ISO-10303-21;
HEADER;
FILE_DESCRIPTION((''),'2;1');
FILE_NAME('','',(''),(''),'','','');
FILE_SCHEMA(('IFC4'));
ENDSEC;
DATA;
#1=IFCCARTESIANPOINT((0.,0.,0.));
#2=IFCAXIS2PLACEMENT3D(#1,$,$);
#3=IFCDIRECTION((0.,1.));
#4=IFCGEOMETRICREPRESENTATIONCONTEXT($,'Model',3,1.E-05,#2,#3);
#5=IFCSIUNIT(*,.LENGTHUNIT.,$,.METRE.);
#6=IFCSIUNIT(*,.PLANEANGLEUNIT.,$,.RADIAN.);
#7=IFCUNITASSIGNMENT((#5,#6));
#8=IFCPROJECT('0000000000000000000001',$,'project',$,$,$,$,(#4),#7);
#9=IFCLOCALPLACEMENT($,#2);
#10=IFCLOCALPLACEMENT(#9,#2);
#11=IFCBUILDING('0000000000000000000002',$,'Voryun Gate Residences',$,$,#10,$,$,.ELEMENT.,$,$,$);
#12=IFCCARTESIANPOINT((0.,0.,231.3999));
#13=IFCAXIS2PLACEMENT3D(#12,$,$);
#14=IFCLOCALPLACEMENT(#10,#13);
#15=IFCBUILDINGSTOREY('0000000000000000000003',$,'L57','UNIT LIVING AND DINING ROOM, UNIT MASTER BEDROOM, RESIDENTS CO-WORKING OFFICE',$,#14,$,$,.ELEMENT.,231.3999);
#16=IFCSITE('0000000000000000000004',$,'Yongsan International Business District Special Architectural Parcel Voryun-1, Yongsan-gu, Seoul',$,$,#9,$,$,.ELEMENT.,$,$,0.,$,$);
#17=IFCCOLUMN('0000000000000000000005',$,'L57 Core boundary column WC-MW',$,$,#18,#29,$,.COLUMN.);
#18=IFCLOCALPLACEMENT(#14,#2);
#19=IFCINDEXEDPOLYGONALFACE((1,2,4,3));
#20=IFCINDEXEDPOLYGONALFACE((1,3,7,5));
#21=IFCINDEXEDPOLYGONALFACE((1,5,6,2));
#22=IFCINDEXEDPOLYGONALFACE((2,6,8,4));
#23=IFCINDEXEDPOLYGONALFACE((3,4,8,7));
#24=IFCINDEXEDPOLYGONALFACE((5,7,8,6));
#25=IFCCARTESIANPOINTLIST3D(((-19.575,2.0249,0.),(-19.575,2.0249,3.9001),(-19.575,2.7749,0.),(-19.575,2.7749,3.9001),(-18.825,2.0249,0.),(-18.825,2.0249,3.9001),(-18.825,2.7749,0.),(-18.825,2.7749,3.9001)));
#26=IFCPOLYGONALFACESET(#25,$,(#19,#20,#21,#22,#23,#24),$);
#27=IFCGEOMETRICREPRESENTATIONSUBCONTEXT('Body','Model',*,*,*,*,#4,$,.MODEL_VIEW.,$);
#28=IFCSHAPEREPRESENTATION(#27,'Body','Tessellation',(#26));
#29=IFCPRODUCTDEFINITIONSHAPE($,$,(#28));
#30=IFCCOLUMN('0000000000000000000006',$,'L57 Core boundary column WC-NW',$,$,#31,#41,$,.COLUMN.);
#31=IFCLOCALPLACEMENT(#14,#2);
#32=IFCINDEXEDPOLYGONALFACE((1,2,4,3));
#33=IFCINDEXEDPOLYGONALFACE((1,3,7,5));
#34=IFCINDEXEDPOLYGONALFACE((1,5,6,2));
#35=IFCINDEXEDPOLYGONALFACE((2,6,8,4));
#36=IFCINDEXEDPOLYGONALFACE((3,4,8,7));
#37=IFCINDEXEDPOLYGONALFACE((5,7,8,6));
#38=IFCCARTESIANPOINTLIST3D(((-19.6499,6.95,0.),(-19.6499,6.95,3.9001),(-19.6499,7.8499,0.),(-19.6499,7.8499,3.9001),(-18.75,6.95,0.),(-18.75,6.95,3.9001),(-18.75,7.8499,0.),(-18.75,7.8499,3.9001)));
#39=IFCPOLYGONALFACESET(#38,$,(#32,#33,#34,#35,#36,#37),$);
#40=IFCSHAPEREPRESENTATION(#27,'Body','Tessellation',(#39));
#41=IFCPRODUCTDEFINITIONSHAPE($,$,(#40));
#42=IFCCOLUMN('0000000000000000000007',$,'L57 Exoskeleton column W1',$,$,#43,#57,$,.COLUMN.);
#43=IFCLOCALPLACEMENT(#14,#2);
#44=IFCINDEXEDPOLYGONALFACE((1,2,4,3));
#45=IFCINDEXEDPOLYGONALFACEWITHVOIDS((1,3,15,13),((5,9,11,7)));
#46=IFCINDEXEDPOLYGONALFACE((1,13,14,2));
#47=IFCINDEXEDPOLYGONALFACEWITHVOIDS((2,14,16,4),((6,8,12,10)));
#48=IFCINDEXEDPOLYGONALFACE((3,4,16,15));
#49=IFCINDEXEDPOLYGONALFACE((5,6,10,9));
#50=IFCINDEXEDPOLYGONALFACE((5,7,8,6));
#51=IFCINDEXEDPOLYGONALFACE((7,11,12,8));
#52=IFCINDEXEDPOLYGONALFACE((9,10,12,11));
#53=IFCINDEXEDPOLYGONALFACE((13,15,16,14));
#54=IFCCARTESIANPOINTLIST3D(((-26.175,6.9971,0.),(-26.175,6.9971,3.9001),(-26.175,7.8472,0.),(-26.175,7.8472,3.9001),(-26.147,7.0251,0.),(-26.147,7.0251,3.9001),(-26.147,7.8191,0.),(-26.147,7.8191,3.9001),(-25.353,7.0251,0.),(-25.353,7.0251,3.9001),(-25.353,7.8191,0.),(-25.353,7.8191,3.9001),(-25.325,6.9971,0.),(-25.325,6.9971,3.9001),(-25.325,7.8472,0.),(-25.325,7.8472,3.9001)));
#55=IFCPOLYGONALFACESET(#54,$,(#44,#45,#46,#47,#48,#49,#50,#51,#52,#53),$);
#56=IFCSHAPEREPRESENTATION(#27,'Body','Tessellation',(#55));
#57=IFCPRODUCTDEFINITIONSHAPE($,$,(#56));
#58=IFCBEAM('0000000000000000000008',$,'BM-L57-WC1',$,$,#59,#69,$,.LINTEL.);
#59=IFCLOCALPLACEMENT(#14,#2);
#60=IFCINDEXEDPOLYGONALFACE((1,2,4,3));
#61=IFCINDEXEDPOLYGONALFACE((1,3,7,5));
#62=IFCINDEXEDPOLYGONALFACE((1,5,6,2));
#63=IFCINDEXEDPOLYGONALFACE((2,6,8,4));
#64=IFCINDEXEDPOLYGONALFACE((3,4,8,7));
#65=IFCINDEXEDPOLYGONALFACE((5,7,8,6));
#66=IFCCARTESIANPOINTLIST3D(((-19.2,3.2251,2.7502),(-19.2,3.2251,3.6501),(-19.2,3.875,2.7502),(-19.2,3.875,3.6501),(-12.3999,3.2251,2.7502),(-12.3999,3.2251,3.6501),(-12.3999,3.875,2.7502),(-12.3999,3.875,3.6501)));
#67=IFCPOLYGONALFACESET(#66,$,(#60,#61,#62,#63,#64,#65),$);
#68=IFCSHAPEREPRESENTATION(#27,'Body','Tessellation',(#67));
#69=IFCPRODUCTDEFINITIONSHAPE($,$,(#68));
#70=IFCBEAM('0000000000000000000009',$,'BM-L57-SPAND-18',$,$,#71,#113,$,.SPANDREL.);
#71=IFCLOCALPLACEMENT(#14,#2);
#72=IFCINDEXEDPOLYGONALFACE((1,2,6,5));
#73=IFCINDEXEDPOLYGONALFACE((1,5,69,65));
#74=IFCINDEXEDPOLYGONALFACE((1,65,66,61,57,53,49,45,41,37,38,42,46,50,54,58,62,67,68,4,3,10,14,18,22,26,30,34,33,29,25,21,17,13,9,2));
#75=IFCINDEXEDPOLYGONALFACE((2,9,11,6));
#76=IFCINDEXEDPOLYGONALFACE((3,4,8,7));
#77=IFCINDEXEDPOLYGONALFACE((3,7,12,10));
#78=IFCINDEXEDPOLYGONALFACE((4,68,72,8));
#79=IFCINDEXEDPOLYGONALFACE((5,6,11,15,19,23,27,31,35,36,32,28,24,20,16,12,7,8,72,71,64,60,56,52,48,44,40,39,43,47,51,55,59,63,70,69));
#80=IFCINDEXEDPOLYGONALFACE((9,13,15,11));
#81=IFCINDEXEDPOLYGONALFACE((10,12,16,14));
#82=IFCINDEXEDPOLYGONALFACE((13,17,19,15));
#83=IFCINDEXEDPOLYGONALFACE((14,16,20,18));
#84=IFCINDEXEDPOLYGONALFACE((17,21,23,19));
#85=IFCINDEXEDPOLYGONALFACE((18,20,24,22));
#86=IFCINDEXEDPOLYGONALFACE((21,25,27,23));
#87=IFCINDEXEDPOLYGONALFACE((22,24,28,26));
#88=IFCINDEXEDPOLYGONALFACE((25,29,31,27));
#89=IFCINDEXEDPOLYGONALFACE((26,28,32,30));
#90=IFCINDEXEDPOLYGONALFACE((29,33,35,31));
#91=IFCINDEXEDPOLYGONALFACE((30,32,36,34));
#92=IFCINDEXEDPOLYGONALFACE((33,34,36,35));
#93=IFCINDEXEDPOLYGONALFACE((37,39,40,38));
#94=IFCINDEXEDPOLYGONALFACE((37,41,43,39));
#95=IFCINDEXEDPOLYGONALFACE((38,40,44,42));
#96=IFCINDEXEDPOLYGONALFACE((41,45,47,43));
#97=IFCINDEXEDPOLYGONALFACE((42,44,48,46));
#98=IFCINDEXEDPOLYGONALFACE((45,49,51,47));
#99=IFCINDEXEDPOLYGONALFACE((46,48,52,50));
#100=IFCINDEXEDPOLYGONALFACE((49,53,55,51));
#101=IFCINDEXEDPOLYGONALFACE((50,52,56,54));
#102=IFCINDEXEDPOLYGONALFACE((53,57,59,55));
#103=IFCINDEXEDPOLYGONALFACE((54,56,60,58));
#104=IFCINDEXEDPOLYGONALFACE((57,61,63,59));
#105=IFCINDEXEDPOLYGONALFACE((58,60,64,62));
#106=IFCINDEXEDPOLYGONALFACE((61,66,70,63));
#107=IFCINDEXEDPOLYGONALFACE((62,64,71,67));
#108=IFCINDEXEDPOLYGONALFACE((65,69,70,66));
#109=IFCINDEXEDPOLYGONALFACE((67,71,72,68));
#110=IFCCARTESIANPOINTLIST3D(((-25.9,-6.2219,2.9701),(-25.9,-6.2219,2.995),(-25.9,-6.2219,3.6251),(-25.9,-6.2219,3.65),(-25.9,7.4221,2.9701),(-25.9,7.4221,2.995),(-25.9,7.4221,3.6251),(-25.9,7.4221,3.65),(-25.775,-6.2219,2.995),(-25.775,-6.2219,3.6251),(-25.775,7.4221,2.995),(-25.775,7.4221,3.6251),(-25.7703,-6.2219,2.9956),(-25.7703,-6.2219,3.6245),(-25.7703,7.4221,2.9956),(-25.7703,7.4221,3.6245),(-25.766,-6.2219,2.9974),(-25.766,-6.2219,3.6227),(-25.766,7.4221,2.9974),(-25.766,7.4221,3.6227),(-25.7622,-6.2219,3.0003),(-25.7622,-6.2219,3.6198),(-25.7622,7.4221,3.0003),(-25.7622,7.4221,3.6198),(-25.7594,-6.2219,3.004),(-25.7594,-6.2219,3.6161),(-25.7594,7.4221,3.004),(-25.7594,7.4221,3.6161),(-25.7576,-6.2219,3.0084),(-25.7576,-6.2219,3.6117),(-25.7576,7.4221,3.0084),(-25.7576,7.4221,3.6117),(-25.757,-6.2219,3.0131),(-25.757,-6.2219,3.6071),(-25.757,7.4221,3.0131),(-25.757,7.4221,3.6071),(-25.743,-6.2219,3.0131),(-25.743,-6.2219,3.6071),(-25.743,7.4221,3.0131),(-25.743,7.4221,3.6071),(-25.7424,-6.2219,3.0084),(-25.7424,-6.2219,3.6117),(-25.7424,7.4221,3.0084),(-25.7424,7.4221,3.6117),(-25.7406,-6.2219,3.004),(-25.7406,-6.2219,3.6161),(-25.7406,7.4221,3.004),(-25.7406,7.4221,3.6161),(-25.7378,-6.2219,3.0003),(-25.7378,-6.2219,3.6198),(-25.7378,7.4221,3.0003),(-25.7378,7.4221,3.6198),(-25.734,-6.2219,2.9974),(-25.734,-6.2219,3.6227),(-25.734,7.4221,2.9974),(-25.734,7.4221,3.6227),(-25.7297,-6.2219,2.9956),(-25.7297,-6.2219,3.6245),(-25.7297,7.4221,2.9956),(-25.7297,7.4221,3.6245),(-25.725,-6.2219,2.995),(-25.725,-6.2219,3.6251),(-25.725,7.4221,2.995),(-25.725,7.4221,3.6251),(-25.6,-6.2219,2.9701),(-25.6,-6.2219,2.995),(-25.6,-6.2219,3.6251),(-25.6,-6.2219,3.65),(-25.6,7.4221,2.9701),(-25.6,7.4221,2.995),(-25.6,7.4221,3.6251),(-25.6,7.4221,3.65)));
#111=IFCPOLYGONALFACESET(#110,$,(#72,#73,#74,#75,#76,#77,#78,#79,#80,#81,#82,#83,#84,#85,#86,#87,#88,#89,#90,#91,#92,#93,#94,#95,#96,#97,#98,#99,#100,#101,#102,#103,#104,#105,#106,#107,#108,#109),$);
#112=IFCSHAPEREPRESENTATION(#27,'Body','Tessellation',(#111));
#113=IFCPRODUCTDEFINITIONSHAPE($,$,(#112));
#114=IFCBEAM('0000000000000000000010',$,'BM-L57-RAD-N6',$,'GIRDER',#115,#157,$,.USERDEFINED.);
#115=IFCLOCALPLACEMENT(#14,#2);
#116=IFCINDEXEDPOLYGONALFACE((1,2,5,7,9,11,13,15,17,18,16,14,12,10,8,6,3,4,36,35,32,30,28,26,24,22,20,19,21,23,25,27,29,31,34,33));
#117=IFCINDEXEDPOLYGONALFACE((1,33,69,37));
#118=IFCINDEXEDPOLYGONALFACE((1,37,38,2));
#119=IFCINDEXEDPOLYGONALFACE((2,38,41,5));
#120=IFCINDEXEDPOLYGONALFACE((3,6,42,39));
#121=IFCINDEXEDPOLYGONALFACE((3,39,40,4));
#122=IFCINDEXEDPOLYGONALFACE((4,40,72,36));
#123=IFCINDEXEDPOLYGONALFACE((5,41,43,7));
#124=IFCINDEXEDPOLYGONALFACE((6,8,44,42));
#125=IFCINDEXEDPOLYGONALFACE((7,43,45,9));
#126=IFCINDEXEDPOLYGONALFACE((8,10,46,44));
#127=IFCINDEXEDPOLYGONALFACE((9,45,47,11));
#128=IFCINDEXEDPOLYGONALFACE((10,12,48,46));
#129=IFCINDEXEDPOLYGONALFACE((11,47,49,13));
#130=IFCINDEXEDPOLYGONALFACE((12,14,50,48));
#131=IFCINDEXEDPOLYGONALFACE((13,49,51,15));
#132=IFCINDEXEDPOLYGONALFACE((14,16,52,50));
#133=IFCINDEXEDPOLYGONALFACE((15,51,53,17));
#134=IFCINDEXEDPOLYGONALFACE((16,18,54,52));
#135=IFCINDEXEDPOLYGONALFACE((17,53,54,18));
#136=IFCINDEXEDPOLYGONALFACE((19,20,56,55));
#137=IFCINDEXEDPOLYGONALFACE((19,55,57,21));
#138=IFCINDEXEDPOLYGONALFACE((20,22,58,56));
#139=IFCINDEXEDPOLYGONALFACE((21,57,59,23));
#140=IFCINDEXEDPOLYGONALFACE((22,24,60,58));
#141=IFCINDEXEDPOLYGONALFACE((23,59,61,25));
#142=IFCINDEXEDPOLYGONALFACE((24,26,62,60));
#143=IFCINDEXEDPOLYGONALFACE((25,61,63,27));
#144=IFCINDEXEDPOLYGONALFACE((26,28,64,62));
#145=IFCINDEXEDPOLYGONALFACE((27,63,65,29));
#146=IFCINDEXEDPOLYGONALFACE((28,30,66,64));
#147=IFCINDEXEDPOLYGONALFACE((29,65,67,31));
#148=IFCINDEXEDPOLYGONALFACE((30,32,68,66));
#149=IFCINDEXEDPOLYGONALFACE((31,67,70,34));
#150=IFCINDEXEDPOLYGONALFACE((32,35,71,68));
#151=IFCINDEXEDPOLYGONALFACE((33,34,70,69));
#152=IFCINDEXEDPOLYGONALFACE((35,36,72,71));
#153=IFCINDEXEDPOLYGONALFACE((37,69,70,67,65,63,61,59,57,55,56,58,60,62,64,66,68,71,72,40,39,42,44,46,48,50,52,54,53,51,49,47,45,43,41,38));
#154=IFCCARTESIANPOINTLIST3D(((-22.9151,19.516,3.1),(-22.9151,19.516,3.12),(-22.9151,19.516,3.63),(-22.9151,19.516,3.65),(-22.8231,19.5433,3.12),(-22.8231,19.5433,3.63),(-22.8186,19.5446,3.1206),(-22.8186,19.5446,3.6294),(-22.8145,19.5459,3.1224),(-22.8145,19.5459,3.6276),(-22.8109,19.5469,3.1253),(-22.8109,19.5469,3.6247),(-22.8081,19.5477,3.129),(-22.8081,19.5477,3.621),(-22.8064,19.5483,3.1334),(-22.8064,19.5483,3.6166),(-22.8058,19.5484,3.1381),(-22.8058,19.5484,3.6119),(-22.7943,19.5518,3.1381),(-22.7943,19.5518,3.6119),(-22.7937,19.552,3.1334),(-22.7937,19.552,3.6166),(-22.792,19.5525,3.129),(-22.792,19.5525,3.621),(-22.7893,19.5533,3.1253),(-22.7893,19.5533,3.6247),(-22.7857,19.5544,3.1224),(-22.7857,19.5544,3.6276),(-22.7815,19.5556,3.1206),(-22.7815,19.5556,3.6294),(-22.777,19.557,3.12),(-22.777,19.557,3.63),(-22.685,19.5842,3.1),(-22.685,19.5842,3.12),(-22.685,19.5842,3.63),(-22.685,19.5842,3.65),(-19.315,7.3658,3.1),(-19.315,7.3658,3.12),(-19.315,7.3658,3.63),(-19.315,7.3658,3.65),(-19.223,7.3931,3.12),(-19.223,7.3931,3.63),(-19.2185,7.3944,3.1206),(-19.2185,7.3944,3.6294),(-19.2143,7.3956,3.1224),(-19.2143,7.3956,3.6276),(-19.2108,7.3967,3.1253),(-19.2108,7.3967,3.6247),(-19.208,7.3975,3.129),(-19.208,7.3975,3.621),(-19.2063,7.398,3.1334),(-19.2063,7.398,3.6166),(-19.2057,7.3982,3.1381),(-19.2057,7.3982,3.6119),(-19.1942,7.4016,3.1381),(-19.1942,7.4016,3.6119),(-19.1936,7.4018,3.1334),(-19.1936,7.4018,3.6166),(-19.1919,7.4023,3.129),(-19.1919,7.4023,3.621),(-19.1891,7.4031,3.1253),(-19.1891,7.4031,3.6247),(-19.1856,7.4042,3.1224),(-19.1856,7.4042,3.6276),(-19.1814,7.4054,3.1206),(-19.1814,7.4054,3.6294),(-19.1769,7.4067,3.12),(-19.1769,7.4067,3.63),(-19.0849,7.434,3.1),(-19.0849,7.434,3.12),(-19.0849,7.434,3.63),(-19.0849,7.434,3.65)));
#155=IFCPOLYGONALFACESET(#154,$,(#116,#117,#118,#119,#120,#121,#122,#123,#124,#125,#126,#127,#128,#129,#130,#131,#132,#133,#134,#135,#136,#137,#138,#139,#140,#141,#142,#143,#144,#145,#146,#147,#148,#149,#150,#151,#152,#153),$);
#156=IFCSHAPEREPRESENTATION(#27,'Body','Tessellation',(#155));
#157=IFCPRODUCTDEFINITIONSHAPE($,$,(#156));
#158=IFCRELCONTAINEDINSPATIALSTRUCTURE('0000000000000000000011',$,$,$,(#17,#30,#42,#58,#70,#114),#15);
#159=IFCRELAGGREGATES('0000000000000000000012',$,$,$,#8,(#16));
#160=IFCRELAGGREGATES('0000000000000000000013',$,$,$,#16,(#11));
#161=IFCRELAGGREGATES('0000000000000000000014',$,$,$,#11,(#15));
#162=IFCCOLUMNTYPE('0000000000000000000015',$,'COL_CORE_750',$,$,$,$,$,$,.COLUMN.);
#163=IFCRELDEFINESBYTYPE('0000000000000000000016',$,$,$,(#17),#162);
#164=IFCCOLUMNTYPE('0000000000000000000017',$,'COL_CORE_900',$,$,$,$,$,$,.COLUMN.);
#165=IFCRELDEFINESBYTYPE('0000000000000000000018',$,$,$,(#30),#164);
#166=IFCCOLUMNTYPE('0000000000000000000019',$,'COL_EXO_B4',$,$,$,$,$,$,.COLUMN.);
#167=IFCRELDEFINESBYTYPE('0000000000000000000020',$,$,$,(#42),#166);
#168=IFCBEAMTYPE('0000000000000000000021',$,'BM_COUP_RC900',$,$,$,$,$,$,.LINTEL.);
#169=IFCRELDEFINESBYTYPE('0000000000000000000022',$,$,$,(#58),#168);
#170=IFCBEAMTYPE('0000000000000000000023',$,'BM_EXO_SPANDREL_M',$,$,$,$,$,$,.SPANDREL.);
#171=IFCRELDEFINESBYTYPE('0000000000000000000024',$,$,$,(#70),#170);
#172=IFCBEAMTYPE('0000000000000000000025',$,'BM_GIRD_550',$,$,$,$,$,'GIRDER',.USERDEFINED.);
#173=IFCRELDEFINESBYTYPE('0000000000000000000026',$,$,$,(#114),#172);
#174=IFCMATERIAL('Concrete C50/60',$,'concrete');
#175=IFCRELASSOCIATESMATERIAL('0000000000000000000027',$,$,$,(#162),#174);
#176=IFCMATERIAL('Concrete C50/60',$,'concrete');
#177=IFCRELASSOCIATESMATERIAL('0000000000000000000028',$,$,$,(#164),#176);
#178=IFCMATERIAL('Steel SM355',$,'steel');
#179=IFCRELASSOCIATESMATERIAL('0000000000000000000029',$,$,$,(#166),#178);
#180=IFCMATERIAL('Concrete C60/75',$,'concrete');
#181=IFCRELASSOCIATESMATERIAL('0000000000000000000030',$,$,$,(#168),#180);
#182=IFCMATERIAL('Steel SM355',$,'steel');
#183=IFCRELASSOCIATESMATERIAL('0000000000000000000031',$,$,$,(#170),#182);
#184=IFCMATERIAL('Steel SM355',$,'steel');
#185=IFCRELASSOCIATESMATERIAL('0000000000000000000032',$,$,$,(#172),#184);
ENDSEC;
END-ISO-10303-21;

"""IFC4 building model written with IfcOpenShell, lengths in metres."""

from ifc_helpers import new_model, si_unit, direction, frame, origin, origin_2d, place, context, subcontext, project, spatial, rectangle, hollow_rectangle, i_section, extrude, material, material_profile, profile_set, type_object, element, save


model = new_model("IFC4")

# Units and contexts
model_context = context("Model", 3, precision=1e-05, world=origin(), true_north=direction((0.0, 1.0)))
body_context = subcontext(model_context, "Body", "Model", "MODEL_VIEW")
ifc_project = project(units=[si_unit("LENGTHUNIT", "METRE"), si_unit("PLANEANGLEUNIT", "RADIAN")], contexts=[model_context])

# Site, building, storey
site_placement = place(None, origin())
site = spatial("IfcSite", under=ifc_project, at=site_placement, Name="Yongsan International Business District Special Architectural Parcel Voryun-1, Yongsan-gu, Seoul", CompositionType="ELEMENT", RefElevation=0.0)
building_placement = place(site_placement, origin())
building = spatial("IfcBuilding", under=site, at=building_placement, Name="Voryun Gate Residences", CompositionType="ELEMENT")
storey_placement = place(building_placement, frame((0.0, 0.0, 231.3999)))
storey = spatial("IfcBuildingStorey", under=building, at=storey_placement, Name="L57", Description="UNIT LIVING AND DINING ROOM, UNIT MASTER BEDROOM, RESIDENTS CO-WORKING OFFICE", CompositionType="ELEMENT", Elevation=231.3999)

# Columns
ifc_material_1 = material(Name="Concrete C50/60", Category="concrete")
ifc_material_profile_1 = material_profile(ifc_material_1, rectangle(XDim=0.75, YDim=0.75, at=origin_2d()), Name="RC-750x750")
ifc_profile_set_1 = profile_set([ifc_material_profile_1], Name="Concrete C50/60")
column_type_1 = type_object("IfcColumnType", Name="COL_CORE_750", PredefinedType="COLUMN", material=ifc_profile_set_1)
column_1_placement = place(storey_placement, frame((-19.2, 2.3999, 0.0), z_axis=(0.0, 0.0, 1.0), x_axis=(1.0, 0.0, 0.0)))
element("IfcColumn", 1, at=column_1_placement, inside=storey, type_object=column_type_1, Name="L57 Core boundary column WC-MW", PredefinedType="COLUMN", context=body_context, shape_type="SweptSolid", body=[
    extrude(rectangle(XDim=0.75, YDim=0.75, at=origin_2d()), origin(), (0.0, 0.0, 1.0), 3.9001),
])
ifc_material_2 = material(Name="Concrete C50/60", Category="concrete")
ifc_material_profile_2 = material_profile(ifc_material_2, rectangle(XDim=0.8999, YDim=0.8999, at=origin_2d()), Name="RC-900x900")
ifc_profile_set_2 = profile_set([ifc_material_profile_2], Name="Concrete C50/60")
column_type_2 = type_object("IfcColumnType", Name="COL_CORE_900", PredefinedType="COLUMN", material=ifc_profile_set_2)
column_2_placement = place(storey_placement, frame((-19.2, 7.3999, 0.0), z_axis=(0.0, 0.0, 1.0), x_axis=(1.0, 0.0, 0.0)))
element("IfcColumn", 2, at=column_2_placement, inside=storey, type_object=column_type_2, Name="L57 Core boundary column WC-NW", PredefinedType="COLUMN", context=body_context, shape_type="SweptSolid", body=[
    extrude(rectangle(XDim=0.8999, YDim=0.8999, at=origin_2d()), origin(), (0.0, 0.0, 1.0), 3.9001),
])
ifc_material_3 = material(Name="Steel SM355", Category="steel")
ifc_material_profile_3 = material_profile(ifc_material_3, hollow_rectangle(XDim=0.8501, YDim=0.8501, WallThickness=0.0281, at=origin_2d()), Name="BOX-850x850x28")
ifc_profile_set_3 = profile_set([ifc_material_profile_3], Name="Steel SM355")
column_type_3 = type_object("IfcColumnType", Name="COL_EXO_B4", PredefinedType="COLUMN", material=ifc_profile_set_3)
column_3_placement = place(storey_placement, frame((-25.75, 7.4221, 0.0), z_axis=(0.0, 0.0, 1.0), x_axis=(1.0, 0.0, 0.0)))
element("IfcColumn", 3, at=column_3_placement, inside=storey, type_object=column_type_3, Name="L57 Exoskeleton column W1", PredefinedType="COLUMN", context=body_context, shape_type="SweptSolid", body=[
    extrude(hollow_rectangle(XDim=0.8501, YDim=0.8501, WallThickness=0.0281, at=origin_2d()), origin(), (0.0, 0.0, 1.0), 3.9001),
])

# Beams
ifc_material_4 = material(Name="Concrete C60/75", Category="concrete")
ifc_material_profile_4 = material_profile(ifc_material_4, rectangle(XDim=0.6499, YDim=0.8999, at=origin_2d()), Name="RC-650x900")
ifc_profile_set_4 = profile_set([ifc_material_profile_4], Name="Concrete C60/75")
beam_type_1 = type_object("IfcBeamType", Name="BM_COUP_RC900", PredefinedType="LINTEL", material=ifc_profile_set_4)
beam_1_placement = place(storey_placement, frame((-19.2, 3.55, 3.2002), z_axis=(1.0, 0.0, 0.0), x_axis=(0.0, 1.0, 0.0)))
element("IfcBeam", 4, at=beam_1_placement, inside=storey, type_object=beam_type_1, Name="BM-L57-WC1", PredefinedType="LINTEL", context=body_context, shape_type="SweptSolid", body=[
    extrude(rectangle(XDim=0.6499, YDim=0.8999, at=origin_2d()), origin(), (0.0, 0.0, 1.0), 6.8),
])
ifc_material_5 = material(Name="Steel SM355", Category="steel")
ifc_material_profile_5 = material_profile(ifc_material_5, i_section(OverallWidth=0.3, OverallDepth=0.6799, WebThickness=0.0139, FlangeThickness=0.0249, FilletRadius=0.0181, at=origin_2d()), Name="H-680x300x14x25")
ifc_profile_set_5 = profile_set([ifc_material_profile_5], Name="Steel SM355")
beam_type_2 = type_object("IfcBeamType", Name="BM_EXO_SPANDREL_M", PredefinedType="SPANDREL", material=ifc_profile_set_5)
beam_2_placement = place(storey_placement, frame((-25.75, 7.4221, 3.3101), z_axis=(0.0, -1.0, 0.0), x_axis=(1.0, 0.0, 0.0)))
element("IfcBeam", 5, at=beam_2_placement, inside=storey, type_object=beam_type_2, Name="BM-L57-SPAND-18", PredefinedType="SPANDREL", context=body_context, shape_type="SweptSolid", body=[
    extrude(i_section(OverallWidth=0.3, OverallDepth=0.6799, WebThickness=0.0139, FlangeThickness=0.0249, FilletRadius=0.0181, at=origin_2d()), origin(), (0.0, 0.0, 1.0), 13.644),
])
ifc_material_6 = material(Name="Steel SM355", Category="steel")
ifc_material_profile_6 = material_profile(ifc_material_6, i_section(OverallWidth=0.24, OverallDepth=0.55, WebThickness=0.012, FlangeThickness=0.02, FilletRadius=0.0181, at=origin_2d()), Name="H-550x240x12x20")
ifc_profile_set_6 = profile_set([ifc_material_profile_6], Name="Steel SM355")
beam_type_3 = type_object("IfcBeamType", Name="BM_GIRD_550", ElementType="GIRDER", PredefinedType="USERDEFINED", material=ifc_profile_set_6)
beam_3_placement = place(storey_placement, frame((-19.2, 7.3999, 3.375), z_axis=(-0.284092, 0.958797, 0.0), x_axis=(-0.958797, -0.284092, 0.0)))
element("IfcBeam", 6, at=beam_3_placement, inside=storey, type_object=beam_type_3, Name="BM-L57-RAD-N6", ObjectType="GIRDER", PredefinedType="USERDEFINED", context=body_context, shape_type="SweptSolid", body=[
    extrude(i_section(OverallWidth=0.24, OverallDepth=0.55, WebThickness=0.012, FlangeThickness=0.02, FilletRadius=0.0181, at=origin_2d()), origin(), (0.0, 0.0, 1.0), 12.6724),
])

save(model, "model.ifc")
